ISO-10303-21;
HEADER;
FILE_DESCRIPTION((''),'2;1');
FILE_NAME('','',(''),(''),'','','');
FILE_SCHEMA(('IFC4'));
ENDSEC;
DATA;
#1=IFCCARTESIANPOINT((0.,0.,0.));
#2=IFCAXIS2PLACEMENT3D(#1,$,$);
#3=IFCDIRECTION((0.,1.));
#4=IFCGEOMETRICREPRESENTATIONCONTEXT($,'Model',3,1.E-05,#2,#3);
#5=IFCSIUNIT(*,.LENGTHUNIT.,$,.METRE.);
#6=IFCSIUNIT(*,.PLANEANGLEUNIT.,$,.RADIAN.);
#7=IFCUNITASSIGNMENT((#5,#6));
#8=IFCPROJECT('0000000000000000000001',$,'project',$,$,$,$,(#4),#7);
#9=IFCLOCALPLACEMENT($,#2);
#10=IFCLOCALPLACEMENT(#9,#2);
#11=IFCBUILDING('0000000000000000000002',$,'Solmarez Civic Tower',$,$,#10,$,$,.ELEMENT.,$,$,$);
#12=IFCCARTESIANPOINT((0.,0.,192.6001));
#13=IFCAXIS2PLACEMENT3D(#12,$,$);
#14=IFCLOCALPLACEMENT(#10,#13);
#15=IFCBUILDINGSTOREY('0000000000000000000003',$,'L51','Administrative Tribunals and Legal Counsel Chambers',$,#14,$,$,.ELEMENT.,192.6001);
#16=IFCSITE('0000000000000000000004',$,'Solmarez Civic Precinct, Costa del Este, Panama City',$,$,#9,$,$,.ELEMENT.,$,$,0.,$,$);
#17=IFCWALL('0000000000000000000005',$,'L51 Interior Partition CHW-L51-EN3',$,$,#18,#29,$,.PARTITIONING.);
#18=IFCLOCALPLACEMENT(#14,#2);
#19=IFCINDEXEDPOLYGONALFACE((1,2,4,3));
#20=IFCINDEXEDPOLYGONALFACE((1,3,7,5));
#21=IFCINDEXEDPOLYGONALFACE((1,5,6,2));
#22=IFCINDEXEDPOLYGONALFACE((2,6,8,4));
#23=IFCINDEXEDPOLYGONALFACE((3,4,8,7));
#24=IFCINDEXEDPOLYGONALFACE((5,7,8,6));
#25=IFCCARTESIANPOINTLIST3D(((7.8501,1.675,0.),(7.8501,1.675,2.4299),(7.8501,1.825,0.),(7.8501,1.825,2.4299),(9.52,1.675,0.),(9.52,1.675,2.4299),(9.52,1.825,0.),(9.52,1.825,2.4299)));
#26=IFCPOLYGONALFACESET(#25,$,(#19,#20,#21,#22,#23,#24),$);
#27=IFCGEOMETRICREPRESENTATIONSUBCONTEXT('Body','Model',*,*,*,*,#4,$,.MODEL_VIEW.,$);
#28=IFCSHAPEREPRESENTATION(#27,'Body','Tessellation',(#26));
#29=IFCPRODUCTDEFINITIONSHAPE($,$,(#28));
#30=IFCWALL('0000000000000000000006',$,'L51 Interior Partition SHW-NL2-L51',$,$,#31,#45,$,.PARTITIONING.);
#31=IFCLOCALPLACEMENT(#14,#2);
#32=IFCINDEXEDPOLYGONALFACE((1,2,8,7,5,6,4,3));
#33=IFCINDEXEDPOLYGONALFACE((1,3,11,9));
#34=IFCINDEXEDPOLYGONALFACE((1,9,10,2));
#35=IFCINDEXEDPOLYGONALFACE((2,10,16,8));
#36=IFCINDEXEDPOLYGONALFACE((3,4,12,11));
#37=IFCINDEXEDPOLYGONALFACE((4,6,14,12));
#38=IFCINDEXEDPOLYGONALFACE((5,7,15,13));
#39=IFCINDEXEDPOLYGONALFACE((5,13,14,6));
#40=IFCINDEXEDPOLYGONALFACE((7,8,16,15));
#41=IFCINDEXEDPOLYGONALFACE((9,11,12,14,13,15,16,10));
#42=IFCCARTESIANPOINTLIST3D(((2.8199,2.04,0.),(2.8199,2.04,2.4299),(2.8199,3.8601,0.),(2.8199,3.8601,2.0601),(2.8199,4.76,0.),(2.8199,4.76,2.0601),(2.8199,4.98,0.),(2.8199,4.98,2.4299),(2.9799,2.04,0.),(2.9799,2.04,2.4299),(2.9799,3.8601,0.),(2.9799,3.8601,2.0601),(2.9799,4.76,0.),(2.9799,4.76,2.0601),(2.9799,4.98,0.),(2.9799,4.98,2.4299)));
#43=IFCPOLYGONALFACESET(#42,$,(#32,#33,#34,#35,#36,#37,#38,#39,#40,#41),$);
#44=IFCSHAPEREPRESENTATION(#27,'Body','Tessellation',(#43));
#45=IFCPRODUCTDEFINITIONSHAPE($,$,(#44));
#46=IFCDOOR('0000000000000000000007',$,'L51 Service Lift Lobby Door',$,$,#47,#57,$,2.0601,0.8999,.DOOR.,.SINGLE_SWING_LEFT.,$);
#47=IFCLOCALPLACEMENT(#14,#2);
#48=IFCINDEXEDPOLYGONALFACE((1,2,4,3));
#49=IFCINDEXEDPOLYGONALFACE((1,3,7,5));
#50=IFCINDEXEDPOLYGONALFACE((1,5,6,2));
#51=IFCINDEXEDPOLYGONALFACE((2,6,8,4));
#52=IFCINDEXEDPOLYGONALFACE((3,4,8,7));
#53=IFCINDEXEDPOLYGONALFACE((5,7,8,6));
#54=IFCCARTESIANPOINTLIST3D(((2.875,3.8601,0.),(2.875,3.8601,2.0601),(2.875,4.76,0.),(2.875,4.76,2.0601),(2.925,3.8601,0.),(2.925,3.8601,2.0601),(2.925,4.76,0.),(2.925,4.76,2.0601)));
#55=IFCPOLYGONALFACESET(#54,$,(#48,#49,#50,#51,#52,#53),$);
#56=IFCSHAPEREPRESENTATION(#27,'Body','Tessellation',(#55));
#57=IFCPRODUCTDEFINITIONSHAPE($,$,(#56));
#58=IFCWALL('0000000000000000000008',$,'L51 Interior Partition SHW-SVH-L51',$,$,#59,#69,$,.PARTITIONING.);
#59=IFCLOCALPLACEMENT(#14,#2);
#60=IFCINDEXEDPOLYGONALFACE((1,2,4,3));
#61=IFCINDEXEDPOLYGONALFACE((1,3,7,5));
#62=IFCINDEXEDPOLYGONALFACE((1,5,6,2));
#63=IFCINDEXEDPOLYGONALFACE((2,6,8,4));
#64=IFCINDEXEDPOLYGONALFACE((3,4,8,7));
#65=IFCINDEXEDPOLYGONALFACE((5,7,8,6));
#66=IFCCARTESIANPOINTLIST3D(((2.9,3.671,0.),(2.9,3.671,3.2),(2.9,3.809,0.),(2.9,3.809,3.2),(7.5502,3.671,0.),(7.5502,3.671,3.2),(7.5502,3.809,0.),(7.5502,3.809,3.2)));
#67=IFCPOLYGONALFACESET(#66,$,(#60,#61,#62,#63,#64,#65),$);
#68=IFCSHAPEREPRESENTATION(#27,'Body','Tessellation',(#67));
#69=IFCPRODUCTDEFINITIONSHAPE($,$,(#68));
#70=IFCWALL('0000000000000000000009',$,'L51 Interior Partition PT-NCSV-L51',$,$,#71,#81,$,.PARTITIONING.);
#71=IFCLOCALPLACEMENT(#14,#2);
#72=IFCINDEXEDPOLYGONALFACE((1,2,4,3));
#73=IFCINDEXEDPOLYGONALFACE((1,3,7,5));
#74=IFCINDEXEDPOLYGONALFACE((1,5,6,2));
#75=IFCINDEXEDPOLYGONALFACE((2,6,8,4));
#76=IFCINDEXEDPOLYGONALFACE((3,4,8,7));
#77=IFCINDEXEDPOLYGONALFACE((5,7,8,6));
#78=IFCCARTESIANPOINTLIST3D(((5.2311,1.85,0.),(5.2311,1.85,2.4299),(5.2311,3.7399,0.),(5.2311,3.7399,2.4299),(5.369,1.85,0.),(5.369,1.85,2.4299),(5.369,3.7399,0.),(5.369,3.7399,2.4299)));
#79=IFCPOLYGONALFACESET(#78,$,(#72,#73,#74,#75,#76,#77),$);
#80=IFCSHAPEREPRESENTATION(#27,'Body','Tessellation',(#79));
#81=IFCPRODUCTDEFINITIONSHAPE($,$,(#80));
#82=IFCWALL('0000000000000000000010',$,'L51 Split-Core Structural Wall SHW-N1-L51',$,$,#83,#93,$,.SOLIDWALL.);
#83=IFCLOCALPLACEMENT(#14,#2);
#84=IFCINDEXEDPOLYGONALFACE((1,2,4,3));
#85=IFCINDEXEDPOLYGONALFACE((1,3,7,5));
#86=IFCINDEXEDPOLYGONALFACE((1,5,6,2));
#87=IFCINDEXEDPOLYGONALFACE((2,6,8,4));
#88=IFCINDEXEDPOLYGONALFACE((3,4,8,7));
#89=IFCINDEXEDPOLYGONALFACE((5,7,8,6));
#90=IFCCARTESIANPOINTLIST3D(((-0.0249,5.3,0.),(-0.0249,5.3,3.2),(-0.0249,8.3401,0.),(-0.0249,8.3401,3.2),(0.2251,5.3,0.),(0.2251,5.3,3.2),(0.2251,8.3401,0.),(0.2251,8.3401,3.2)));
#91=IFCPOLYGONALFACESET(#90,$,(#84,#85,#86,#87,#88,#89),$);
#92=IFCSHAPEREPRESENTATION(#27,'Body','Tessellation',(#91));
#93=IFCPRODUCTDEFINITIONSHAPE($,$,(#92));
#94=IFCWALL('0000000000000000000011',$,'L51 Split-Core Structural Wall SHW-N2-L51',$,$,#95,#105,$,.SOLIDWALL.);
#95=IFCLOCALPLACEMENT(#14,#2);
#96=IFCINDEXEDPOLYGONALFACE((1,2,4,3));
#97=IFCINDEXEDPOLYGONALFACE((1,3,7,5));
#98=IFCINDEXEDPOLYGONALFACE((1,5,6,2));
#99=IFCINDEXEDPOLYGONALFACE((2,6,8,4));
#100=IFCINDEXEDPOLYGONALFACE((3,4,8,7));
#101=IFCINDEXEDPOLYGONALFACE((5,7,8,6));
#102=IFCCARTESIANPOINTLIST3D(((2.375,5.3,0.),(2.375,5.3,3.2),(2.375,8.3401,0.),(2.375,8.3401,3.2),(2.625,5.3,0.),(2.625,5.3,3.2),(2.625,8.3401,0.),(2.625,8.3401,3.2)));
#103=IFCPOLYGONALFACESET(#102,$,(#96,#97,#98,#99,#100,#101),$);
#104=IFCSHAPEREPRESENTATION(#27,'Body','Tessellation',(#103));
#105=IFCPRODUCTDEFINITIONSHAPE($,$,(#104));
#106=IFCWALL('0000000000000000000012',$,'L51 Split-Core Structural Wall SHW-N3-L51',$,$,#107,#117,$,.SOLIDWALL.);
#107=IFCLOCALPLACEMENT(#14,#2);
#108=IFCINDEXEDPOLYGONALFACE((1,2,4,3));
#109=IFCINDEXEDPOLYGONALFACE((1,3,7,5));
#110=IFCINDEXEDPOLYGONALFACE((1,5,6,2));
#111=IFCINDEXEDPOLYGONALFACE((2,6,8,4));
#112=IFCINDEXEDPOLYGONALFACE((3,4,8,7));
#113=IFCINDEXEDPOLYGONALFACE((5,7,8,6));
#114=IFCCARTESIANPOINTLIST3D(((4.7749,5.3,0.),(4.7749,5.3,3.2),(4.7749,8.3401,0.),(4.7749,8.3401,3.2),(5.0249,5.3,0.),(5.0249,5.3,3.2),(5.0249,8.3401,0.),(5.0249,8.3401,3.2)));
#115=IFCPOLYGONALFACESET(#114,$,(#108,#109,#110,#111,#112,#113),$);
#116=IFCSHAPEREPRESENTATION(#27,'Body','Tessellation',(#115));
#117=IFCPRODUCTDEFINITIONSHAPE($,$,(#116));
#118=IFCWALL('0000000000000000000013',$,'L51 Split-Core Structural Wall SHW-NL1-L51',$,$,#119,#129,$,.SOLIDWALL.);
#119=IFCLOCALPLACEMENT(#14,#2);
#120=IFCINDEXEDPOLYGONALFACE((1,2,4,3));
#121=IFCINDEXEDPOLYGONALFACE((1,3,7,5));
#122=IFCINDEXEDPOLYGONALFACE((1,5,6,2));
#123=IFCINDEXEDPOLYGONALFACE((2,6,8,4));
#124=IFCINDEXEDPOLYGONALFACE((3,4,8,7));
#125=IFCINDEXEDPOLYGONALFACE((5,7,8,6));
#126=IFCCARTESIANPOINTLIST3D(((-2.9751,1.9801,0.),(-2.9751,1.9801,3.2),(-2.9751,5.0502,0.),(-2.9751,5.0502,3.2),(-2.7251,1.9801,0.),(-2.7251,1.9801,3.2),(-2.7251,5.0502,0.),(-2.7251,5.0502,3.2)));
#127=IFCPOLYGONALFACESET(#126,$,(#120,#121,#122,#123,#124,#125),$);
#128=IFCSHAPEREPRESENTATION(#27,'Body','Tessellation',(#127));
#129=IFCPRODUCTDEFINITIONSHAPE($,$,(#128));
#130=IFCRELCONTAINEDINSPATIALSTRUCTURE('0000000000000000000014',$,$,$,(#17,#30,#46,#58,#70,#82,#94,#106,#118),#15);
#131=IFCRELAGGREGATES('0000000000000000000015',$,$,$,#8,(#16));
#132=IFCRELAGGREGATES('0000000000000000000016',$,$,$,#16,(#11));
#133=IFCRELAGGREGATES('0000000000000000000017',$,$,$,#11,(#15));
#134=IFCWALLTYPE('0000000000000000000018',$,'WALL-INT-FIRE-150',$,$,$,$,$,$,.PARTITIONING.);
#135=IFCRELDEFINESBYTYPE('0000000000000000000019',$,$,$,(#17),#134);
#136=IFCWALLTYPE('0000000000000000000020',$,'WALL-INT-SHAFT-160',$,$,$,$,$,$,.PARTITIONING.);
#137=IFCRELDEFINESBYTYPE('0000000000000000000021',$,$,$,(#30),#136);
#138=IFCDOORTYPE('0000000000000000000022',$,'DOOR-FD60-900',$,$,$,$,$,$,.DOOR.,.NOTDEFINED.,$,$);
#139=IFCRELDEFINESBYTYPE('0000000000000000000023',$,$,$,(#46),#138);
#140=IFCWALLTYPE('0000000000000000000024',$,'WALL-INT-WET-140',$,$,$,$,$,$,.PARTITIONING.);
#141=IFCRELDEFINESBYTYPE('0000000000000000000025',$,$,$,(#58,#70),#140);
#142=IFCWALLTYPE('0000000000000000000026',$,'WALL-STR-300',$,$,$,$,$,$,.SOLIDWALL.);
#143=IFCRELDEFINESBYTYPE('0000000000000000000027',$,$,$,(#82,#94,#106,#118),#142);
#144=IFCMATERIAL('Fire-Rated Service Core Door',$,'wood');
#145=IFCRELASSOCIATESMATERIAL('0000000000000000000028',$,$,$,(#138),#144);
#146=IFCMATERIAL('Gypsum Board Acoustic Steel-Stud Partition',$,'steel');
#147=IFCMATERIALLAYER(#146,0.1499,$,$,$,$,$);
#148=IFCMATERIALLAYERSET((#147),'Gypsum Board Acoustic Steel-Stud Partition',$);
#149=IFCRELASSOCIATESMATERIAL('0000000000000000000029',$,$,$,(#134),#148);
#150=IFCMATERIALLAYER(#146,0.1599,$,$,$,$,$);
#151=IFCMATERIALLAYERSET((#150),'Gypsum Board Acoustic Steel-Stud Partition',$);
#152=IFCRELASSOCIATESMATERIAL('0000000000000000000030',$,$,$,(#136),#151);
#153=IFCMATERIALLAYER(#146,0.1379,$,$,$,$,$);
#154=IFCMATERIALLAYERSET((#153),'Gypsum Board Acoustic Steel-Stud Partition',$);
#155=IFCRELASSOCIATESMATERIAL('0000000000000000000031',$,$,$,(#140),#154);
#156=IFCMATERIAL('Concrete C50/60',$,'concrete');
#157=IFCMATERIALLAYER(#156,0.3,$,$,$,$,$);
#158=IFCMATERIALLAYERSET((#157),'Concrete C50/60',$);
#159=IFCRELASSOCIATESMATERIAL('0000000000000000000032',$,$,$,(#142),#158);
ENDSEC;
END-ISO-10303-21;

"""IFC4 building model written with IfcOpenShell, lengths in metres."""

from ifc_helpers import new_model, si_unit, direction, frame, frame_2d, origin, place, context, subcontext, project, spatial, rectangle, extrude, material, layer, layer_set, type_object, element, fill, save


model = new_model("IFC4")

# Units and contexts
model_context = context("Model", 3, precision=1e-05, world=origin(), true_north=direction((0.0, 1.0)))
body_context = subcontext(model_context, "Body", "Model", "MODEL_VIEW")
ifc_project = project(units=[si_unit("LENGTHUNIT", "METRE"), si_unit("PLANEANGLEUNIT", "RADIAN")], contexts=[model_context])

# Site, building, storey
site_placement = place(None, origin())
site = spatial("IfcSite", under=ifc_project, at=site_placement, Name="Solmarez Civic Precinct, Costa del Este, Panama City", CompositionType="ELEMENT", RefElevation=0.0)
building_placement = place(site_placement, origin())
building = spatial("IfcBuilding", under=site, at=building_placement, Name="Solmarez Civic Tower", CompositionType="ELEMENT")
storey_placement = place(building_placement, frame((0.0, 0.0, 192.6001)))
storey = spatial("IfcBuildingStorey", under=building, at=storey_placement, Name="L51", Description="Administrative Tribunals and Legal Counsel Chambers", CompositionType="ELEMENT", Elevation=192.6001)

# Shared definitions
ifc_material_1 = material(Name="Concrete C50/60", Category="concrete")

# Shared definitions
ifc_material_2 = material(Name="Fire-Rated Service Core Door", Category="wood")
door_type_1 = type_object("IfcDoorType", Name="DOOR-FD60-900", OperationType="NOTDEFINED", PredefinedType="DOOR", material=ifc_material_2)

# Wall
ifc_material_3 = material(Name="Gypsum Board Acoustic Steel-Stud Partition", Category="steel")
ifc_layer_1 = layer(ifc_material_3, 0.1499)
ifc_layer_set_1 = layer_set([ifc_layer_1], Name="Gypsum Board Acoustic Steel-Stud Partition")
wall_type_1 = type_object("IfcWallType", Name="WALL-INT-FIRE-150", PredefinedType="PARTITIONING", material=ifc_layer_set_1)
wall_1_placement = place(storey_placement, frame((7.8501, 1.75, 0.0), z_axis=(0.0, 0.0, 1.0), x_axis=(1.0, 0.0, 0.0)))
element("IfcWall", 1, at=wall_1_placement, inside=storey, type_object=wall_type_1, Name="L51 Interior Partition CHW-L51-EN3", PredefinedType="PARTITIONING", context=body_context, shape_type="SweptSolid", body=[
    extrude(rectangle(XDim=1.6699, YDim=0.1499, at=frame_2d((0.835, 0.0))), origin(), (0.0, 0.0, 1.0), 2.4299),
])

# Wall, opening, door
ifc_layer_2 = layer(ifc_material_3, 0.1599)
ifc_layer_set_2 = layer_set([ifc_layer_2], Name="Gypsum Board Acoustic Steel-Stud Partition")
wall_type_2 = type_object("IfcWallType", Name="WALL-INT-SHAFT-160", PredefinedType="PARTITIONING", material=ifc_layer_set_2)
wall_2_placement = place(storey_placement, frame((2.8999, 2.04, 0.0), z_axis=(0.0, 0.0, 1.0), x_axis=(0.0, 1.0, 0.0)))
wall_2 = element("IfcWall", 2, at=wall_2_placement, inside=storey, type_object=wall_type_2, Name="L51 Interior Partition SHW-NL2-L51", PredefinedType="PARTITIONING", context=body_context, shape_type="SweptSolid", body=[
    extrude(rectangle(XDim=2.9399, YDim=0.1599, at=frame_2d((1.47, 0.0))), origin(), (0.0, 0.0, 1.0), 2.4299),
])
opening_1_placement = place(wall_2_placement, frame((1.8201, 0.0, 0.0)))
opening_1 = element("IfcOpeningElement", 3, at=opening_1_placement, cuts=wall_2, PredefinedType="OPENING", context=body_context, shape_type="SweptSolid", body=[
    extrude(rectangle(XDim=0.8999, YDim=2.0601, at=frame_2d((0.45, 1.03))), frame((0.0, 0.0898, 0.0), z_axis=(0.0, -1.0, 0.0), x_axis=(1.0, 0.0, 0.0)), (0.0, 0.0, 1.0), 0.1799),
])
door_1_placement = place(opening_1_placement, origin())
door_1 = element("IfcDoor", 4, at=door_1_placement, inside=storey, type_object=door_type_1, Name="L51 Service Lift Lobby Door", OperationType="SINGLE_SWING_LEFT", OverallHeight=2.0601, OverallWidth=0.8999, PredefinedType="DOOR", context=body_context, shape_type="SweptSolid", body=[
    extrude(rectangle(XDim=0.8999, YDim=2.0601, at=frame_2d((0.45, 1.03))), frame((0.0, 0.0249, 0.0), z_axis=(0.0, -1.0, 0.0), x_axis=(1.0, 0.0, 0.0)), (0.0, 0.0, 1.0), 0.05),
])
fill(opening_1, door_1)

# Walls
ifc_layer_3 = layer(ifc_material_3, 0.1379)
ifc_layer_set_3 = layer_set([ifc_layer_3], Name="Gypsum Board Acoustic Steel-Stud Partition")
wall_type_3 = type_object("IfcWallType", Name="WALL-INT-WET-140", PredefinedType="PARTITIONING", material=ifc_layer_set_3)
wall_3_placement = place(storey_placement, frame((2.8999, 3.74, 0.0), z_axis=(0.0, 0.0, 1.0), x_axis=(1.0, 0.0, 0.0)))
element("IfcWall", 5, at=wall_3_placement, inside=storey, type_object=wall_type_3, Name="L51 Interior Partition SHW-SVH-L51", PredefinedType="PARTITIONING", context=body_context, shape_type="SweptSolid", body=[
    extrude(rectangle(XDim=4.6501, YDim=0.1379, at=frame_2d((2.3252, 0.0))), origin(), (0.0, 0.0, 1.0), 3.2),
])
wall_4_placement = place(storey_placement, frame((5.3, 1.8501, 0.0), z_axis=(0.0, 0.0, 1.0), x_axis=(0.0, 1.0, 0.0)))
element("IfcWall", 6, at=wall_4_placement, inside=storey, type_object=wall_type_3, Name="L51 Interior Partition PT-NCSV-L51", PredefinedType="PARTITIONING", context=body_context, shape_type="SweptSolid", body=[
    extrude(rectangle(XDim=1.8899, YDim=0.1379, at=frame_2d((0.9448, 0.0))), origin(), (0.0, 0.0, 1.0), 2.4299),
])

# Shared definitions
ifc_layer_4 = layer(ifc_material_1, 0.3)
ifc_layer_set_4 = layer_set([ifc_layer_4], Name="Concrete C50/60")
wall_type_4 = type_object("IfcWallType", Name="WALL-STR-300", PredefinedType="SOLIDWALL", material=ifc_layer_set_4)

# Walls
for number, where, z_axis, x_axis, name in (
    (7, (0.1001, 5.3, 0.0), (0.0, 0.0, 1.0), (0.0, 1.0, 0.0), "L51 Split-Core Structural Wall SHW-N1-L51"),
    (8, (2.5, 5.3, 0.0), (0.0, 0.0, 1.0), (0.0, 1.0, 0.0), "L51 Split-Core Structural Wall SHW-N2-L51"),
    (9, (4.8999, 5.3, 0.0), (0.0, 0.0, 1.0), (0.0, 1.0, 0.0), "L51 Split-Core Structural Wall SHW-N3-L51"),
):
    element("IfcWall", number, at=place(storey_placement, frame(where, z_axis=z_axis, x_axis=x_axis)), inside=storey, type_object=wall_type_4, Name=name, PredefinedType="SOLIDWALL", context=body_context, shape_type="SweptSolid", body=[
        extrude(rectangle(XDim=3.04, YDim=0.25, at=frame_2d((1.52, 0.0))), origin(), (0.0, 0.0, 1.0), 3.2),
    ])
wall_5_placement = place(storey_placement, frame((-2.8501, 1.98, 0.0), z_axis=(0.0, 0.0, 1.0), x_axis=(0.0, 1.0, 0.0)))
element("IfcWall", 10, at=wall_5_placement, inside=storey, type_object=wall_type_4, Name="L51 Split-Core Structural Wall SHW-NL1-L51", PredefinedType="SOLIDWALL", context=body_context, shape_type="SweptSolid", body=[
    extrude(rectangle(XDim=3.0701, YDim=0.25, at=frame_2d((1.5352, 0.0))), origin(), (0.0, 0.0, 1.0), 3.2),
])

save(model, "model.ifc")
